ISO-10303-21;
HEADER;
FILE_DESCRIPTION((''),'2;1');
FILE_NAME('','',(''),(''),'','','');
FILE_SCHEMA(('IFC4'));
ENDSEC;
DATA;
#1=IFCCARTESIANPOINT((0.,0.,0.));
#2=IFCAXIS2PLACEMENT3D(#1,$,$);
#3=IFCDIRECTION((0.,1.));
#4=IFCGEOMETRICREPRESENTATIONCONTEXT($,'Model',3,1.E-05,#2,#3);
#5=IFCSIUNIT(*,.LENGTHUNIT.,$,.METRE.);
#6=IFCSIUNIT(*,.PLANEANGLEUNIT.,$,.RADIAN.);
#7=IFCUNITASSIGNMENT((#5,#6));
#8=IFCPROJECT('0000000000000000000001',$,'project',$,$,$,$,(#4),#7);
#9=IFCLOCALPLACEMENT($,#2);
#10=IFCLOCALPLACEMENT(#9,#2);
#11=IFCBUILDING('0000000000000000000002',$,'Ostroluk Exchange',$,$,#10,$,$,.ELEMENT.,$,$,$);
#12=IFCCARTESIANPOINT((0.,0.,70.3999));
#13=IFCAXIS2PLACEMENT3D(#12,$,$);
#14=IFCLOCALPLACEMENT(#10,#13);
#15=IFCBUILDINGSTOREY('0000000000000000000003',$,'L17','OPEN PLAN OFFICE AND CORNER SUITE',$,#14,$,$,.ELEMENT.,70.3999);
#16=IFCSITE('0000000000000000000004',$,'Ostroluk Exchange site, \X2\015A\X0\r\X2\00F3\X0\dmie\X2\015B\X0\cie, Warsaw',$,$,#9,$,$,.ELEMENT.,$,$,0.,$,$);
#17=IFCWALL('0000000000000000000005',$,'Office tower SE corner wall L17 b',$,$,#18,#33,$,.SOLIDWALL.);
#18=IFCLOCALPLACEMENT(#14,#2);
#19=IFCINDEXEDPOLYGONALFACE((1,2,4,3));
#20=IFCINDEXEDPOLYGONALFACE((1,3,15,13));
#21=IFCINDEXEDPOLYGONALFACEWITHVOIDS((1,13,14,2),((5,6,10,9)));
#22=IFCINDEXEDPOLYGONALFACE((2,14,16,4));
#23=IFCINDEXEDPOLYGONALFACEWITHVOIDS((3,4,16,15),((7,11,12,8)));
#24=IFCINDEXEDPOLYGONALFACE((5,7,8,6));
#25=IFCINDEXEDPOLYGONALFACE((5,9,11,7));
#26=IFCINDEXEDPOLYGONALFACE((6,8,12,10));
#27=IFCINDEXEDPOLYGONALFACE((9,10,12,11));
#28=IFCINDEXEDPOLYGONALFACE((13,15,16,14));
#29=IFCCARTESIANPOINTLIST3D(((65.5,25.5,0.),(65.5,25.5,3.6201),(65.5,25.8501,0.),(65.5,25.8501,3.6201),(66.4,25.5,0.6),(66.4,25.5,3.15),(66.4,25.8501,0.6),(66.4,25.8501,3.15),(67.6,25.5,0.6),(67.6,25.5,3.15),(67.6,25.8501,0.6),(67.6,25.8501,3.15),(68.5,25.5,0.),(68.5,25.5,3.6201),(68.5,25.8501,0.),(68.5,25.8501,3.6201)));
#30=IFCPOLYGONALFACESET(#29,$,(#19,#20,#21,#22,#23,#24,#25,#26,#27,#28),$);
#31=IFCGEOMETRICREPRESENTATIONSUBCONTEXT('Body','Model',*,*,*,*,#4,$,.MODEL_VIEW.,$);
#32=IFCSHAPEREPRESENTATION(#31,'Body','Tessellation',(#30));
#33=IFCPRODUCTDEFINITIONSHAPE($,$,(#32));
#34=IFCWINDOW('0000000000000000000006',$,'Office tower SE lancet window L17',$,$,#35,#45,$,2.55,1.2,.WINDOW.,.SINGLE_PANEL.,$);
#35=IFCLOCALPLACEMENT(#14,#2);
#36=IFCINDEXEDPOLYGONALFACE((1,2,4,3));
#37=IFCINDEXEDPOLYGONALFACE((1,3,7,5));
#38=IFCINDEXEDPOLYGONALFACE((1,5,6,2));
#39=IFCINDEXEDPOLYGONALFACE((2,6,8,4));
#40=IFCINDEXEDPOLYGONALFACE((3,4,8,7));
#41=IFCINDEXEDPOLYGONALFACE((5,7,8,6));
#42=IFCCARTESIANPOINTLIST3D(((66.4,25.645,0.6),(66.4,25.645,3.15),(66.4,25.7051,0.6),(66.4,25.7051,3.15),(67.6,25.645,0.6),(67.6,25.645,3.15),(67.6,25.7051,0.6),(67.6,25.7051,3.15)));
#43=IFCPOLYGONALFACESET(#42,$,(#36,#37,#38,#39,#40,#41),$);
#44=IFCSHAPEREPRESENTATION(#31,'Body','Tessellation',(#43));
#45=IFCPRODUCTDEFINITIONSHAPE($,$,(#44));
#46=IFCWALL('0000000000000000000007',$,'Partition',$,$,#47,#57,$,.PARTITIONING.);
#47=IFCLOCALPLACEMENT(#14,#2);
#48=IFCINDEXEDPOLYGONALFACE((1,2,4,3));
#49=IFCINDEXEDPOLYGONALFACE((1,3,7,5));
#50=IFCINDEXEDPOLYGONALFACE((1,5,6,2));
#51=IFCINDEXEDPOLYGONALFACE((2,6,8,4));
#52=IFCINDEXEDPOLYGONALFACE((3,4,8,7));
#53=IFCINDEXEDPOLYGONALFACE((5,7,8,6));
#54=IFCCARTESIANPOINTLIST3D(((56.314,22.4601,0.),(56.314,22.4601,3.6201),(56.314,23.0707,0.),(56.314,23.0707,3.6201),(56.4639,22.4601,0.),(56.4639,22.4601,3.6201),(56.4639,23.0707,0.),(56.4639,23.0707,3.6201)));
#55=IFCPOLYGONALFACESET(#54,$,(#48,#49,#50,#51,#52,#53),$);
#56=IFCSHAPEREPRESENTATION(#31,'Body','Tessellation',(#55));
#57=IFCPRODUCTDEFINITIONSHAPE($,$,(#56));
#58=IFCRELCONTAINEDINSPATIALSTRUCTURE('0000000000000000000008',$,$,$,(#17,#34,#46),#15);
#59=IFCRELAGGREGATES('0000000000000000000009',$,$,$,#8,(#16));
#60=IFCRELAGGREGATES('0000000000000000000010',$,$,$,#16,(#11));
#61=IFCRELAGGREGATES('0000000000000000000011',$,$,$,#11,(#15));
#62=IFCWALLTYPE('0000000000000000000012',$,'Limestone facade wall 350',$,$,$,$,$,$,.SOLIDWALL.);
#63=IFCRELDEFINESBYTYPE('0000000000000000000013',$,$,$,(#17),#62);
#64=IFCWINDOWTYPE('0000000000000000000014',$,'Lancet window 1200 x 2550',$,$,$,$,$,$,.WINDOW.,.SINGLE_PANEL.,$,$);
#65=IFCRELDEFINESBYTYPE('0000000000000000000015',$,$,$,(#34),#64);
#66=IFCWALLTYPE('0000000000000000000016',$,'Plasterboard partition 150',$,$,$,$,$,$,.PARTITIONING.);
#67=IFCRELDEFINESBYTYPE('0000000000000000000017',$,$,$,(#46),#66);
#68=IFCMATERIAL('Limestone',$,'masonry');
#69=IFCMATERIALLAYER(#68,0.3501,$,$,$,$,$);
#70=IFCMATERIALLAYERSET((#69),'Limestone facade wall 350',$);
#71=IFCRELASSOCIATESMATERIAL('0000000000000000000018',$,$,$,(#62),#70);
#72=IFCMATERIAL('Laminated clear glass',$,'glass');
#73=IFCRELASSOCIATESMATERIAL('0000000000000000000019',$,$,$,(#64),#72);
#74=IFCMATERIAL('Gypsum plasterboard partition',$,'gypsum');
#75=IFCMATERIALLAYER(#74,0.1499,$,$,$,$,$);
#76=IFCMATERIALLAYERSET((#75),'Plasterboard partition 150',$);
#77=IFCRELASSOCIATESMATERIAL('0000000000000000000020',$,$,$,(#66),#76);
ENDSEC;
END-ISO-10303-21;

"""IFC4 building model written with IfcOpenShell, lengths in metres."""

from ifc_helpers import new_model, si_unit, direction, frame, frame_2d, origin, place, context, subcontext, project, spatial, rectangle, extrude, material, layer, layer_set, type_object, element, fill, save


model = new_model("IFC4")

# Units and contexts
model_context = context("Model", 3, precision=1e-05, world=origin(), true_north=direction((0.0, 1.0)))
body_context = subcontext(model_context, "Body", "Model", "MODEL_VIEW")
ifc_project = project(units=[si_unit("LENGTHUNIT", "METRE"), si_unit("PLANEANGLEUNIT", "RADIAN")], contexts=[model_context])

# Site, building, storey
site_placement = place(None, origin())
site = spatial("IfcSite", under=ifc_project, at=site_placement, Name="Ostroluk Exchange site, Śródmieście, Warsaw", CompositionType="ELEMENT", RefElevation=0.0)
building_placement = place(site_placement, origin())
building = spatial("IfcBuilding", under=site, at=building_placement, Name="Ostroluk Exchange", CompositionType="ELEMENT")
storey_placement = place(building_placement, frame((0.0, 0.0, 70.3999)))
storey = spatial("IfcBuildingStorey", under=building, at=storey_placement, Name="L17", Description="OPEN PLAN OFFICE AND CORNER SUITE", CompositionType="ELEMENT", Elevation=70.3999)

# Shared definitions
ifc_material_1 = material(Name="Limestone", Category="masonry")
ifc_layer_1 = layer(ifc_material_1, 0.3501)
ifc_layer_set_1 = layer_set([ifc_layer_1], Name="Limestone facade wall 350")
wall_type_1 = type_object("IfcWallType", Name="Limestone facade wall 350", PredefinedType="SOLIDWALL", material=ifc_layer_set_1)

# Wall, opening, window
wall_1_placement = place(storey_placement, frame((65.5, 25.675, 0.0), z_axis=(0.0, 0.0, 1.0), x_axis=(1.0, 0.0, 0.0)))
wall_1 = element("IfcWall", 1, at=wall_1_placement, inside=storey, type_object=wall_type_1, Name="Office tower SE corner wall L17 b", PredefinedType="SOLIDWALL", context=body_context, shape_type="SweptSolid", body=[
    extrude(rectangle(XDim=3.0, YDim=0.3501, at=frame_2d((1.5, 0.0))), origin(), (0.0, 0.0, 1.0), 3.6201),
])
opening_1_placement = place(wall_1_placement, frame((0.8999, 0.0, 0.6001)))
opening_1 = element("IfcOpeningElement", 2, at=opening_1_placement, cuts=wall_1, PredefinedType="OPENING", context=body_context, shape_type="SweptSolid", body=[
    extrude(rectangle(XDim=1.2, YDim=2.55, at=frame_2d((0.6001, 1.2749))), frame((0.0, 0.1851, 0.0), z_axis=(0.0, -1.0, 0.0), x_axis=(1.0, 0.0, 0.0)), (0.0, 0.0, 1.0), 0.3701),
])
ifc_material_2 = material(Name="Laminated clear glass", Category="glass")
window_type = type_object("IfcWindowType", Name="Lancet window 1200 x 2550", PartitioningType="SINGLE_PANEL", PredefinedType="WINDOW", material=ifc_material_2)
window_placement = place(opening_1_placement, origin())
window = element("IfcWindow", 3, at=window_placement, inside=storey, type_object=window_type, Name="Office tower SE lancet window L17", OverallHeight=2.55, OverallWidth=1.2, PartitioningType="SINGLE_PANEL", PredefinedType="WINDOW", context=body_context, shape_type="SweptSolid", body=[
    extrude(rectangle(XDim=1.2, YDim=2.55, at=frame_2d((0.6001, 1.2749))), frame((0.0, 0.03, 0.0), z_axis=(0.0, -1.0, 0.0), x_axis=(1.0, 0.0, 0.0)), (0.0, 0.0, 1.0), 0.0601),
])
fill(opening_1, window)

# Wall
ifc_material_3 = material(Name="Gypsum plasterboard partition", Category="gypsum")
ifc_layer_2 = layer(ifc_material_3, 0.1499)
ifc_layer_set_2 = layer_set([ifc_layer_2], Name="Plasterboard partition 150")
wall_type_2 = type_object("IfcWallType", Name="Plasterboard partition 150", PredefinedType="PARTITIONING", material=ifc_layer_set_2)
wall_2_placement = place(storey_placement, frame((56.3889, 23.0706, 0.0), z_axis=(0.0, 0.0, 1.0), x_axis=(0.0, -1.0, 0.0)))
element("IfcWall", 4, at=wall_2_placement, inside=storey, type_object=wall_type_2, Name="Partition", PredefinedType="PARTITIONING", context=body_context, shape_type="SweptSolid", body=[
    extrude(rectangle(XDim=0.6106, YDim=0.1499, at=frame_2d((0.3052, 0.0))), origin(), (0.0, 0.0, 1.0), 3.6201),
])

save(model, "model.ifc")
